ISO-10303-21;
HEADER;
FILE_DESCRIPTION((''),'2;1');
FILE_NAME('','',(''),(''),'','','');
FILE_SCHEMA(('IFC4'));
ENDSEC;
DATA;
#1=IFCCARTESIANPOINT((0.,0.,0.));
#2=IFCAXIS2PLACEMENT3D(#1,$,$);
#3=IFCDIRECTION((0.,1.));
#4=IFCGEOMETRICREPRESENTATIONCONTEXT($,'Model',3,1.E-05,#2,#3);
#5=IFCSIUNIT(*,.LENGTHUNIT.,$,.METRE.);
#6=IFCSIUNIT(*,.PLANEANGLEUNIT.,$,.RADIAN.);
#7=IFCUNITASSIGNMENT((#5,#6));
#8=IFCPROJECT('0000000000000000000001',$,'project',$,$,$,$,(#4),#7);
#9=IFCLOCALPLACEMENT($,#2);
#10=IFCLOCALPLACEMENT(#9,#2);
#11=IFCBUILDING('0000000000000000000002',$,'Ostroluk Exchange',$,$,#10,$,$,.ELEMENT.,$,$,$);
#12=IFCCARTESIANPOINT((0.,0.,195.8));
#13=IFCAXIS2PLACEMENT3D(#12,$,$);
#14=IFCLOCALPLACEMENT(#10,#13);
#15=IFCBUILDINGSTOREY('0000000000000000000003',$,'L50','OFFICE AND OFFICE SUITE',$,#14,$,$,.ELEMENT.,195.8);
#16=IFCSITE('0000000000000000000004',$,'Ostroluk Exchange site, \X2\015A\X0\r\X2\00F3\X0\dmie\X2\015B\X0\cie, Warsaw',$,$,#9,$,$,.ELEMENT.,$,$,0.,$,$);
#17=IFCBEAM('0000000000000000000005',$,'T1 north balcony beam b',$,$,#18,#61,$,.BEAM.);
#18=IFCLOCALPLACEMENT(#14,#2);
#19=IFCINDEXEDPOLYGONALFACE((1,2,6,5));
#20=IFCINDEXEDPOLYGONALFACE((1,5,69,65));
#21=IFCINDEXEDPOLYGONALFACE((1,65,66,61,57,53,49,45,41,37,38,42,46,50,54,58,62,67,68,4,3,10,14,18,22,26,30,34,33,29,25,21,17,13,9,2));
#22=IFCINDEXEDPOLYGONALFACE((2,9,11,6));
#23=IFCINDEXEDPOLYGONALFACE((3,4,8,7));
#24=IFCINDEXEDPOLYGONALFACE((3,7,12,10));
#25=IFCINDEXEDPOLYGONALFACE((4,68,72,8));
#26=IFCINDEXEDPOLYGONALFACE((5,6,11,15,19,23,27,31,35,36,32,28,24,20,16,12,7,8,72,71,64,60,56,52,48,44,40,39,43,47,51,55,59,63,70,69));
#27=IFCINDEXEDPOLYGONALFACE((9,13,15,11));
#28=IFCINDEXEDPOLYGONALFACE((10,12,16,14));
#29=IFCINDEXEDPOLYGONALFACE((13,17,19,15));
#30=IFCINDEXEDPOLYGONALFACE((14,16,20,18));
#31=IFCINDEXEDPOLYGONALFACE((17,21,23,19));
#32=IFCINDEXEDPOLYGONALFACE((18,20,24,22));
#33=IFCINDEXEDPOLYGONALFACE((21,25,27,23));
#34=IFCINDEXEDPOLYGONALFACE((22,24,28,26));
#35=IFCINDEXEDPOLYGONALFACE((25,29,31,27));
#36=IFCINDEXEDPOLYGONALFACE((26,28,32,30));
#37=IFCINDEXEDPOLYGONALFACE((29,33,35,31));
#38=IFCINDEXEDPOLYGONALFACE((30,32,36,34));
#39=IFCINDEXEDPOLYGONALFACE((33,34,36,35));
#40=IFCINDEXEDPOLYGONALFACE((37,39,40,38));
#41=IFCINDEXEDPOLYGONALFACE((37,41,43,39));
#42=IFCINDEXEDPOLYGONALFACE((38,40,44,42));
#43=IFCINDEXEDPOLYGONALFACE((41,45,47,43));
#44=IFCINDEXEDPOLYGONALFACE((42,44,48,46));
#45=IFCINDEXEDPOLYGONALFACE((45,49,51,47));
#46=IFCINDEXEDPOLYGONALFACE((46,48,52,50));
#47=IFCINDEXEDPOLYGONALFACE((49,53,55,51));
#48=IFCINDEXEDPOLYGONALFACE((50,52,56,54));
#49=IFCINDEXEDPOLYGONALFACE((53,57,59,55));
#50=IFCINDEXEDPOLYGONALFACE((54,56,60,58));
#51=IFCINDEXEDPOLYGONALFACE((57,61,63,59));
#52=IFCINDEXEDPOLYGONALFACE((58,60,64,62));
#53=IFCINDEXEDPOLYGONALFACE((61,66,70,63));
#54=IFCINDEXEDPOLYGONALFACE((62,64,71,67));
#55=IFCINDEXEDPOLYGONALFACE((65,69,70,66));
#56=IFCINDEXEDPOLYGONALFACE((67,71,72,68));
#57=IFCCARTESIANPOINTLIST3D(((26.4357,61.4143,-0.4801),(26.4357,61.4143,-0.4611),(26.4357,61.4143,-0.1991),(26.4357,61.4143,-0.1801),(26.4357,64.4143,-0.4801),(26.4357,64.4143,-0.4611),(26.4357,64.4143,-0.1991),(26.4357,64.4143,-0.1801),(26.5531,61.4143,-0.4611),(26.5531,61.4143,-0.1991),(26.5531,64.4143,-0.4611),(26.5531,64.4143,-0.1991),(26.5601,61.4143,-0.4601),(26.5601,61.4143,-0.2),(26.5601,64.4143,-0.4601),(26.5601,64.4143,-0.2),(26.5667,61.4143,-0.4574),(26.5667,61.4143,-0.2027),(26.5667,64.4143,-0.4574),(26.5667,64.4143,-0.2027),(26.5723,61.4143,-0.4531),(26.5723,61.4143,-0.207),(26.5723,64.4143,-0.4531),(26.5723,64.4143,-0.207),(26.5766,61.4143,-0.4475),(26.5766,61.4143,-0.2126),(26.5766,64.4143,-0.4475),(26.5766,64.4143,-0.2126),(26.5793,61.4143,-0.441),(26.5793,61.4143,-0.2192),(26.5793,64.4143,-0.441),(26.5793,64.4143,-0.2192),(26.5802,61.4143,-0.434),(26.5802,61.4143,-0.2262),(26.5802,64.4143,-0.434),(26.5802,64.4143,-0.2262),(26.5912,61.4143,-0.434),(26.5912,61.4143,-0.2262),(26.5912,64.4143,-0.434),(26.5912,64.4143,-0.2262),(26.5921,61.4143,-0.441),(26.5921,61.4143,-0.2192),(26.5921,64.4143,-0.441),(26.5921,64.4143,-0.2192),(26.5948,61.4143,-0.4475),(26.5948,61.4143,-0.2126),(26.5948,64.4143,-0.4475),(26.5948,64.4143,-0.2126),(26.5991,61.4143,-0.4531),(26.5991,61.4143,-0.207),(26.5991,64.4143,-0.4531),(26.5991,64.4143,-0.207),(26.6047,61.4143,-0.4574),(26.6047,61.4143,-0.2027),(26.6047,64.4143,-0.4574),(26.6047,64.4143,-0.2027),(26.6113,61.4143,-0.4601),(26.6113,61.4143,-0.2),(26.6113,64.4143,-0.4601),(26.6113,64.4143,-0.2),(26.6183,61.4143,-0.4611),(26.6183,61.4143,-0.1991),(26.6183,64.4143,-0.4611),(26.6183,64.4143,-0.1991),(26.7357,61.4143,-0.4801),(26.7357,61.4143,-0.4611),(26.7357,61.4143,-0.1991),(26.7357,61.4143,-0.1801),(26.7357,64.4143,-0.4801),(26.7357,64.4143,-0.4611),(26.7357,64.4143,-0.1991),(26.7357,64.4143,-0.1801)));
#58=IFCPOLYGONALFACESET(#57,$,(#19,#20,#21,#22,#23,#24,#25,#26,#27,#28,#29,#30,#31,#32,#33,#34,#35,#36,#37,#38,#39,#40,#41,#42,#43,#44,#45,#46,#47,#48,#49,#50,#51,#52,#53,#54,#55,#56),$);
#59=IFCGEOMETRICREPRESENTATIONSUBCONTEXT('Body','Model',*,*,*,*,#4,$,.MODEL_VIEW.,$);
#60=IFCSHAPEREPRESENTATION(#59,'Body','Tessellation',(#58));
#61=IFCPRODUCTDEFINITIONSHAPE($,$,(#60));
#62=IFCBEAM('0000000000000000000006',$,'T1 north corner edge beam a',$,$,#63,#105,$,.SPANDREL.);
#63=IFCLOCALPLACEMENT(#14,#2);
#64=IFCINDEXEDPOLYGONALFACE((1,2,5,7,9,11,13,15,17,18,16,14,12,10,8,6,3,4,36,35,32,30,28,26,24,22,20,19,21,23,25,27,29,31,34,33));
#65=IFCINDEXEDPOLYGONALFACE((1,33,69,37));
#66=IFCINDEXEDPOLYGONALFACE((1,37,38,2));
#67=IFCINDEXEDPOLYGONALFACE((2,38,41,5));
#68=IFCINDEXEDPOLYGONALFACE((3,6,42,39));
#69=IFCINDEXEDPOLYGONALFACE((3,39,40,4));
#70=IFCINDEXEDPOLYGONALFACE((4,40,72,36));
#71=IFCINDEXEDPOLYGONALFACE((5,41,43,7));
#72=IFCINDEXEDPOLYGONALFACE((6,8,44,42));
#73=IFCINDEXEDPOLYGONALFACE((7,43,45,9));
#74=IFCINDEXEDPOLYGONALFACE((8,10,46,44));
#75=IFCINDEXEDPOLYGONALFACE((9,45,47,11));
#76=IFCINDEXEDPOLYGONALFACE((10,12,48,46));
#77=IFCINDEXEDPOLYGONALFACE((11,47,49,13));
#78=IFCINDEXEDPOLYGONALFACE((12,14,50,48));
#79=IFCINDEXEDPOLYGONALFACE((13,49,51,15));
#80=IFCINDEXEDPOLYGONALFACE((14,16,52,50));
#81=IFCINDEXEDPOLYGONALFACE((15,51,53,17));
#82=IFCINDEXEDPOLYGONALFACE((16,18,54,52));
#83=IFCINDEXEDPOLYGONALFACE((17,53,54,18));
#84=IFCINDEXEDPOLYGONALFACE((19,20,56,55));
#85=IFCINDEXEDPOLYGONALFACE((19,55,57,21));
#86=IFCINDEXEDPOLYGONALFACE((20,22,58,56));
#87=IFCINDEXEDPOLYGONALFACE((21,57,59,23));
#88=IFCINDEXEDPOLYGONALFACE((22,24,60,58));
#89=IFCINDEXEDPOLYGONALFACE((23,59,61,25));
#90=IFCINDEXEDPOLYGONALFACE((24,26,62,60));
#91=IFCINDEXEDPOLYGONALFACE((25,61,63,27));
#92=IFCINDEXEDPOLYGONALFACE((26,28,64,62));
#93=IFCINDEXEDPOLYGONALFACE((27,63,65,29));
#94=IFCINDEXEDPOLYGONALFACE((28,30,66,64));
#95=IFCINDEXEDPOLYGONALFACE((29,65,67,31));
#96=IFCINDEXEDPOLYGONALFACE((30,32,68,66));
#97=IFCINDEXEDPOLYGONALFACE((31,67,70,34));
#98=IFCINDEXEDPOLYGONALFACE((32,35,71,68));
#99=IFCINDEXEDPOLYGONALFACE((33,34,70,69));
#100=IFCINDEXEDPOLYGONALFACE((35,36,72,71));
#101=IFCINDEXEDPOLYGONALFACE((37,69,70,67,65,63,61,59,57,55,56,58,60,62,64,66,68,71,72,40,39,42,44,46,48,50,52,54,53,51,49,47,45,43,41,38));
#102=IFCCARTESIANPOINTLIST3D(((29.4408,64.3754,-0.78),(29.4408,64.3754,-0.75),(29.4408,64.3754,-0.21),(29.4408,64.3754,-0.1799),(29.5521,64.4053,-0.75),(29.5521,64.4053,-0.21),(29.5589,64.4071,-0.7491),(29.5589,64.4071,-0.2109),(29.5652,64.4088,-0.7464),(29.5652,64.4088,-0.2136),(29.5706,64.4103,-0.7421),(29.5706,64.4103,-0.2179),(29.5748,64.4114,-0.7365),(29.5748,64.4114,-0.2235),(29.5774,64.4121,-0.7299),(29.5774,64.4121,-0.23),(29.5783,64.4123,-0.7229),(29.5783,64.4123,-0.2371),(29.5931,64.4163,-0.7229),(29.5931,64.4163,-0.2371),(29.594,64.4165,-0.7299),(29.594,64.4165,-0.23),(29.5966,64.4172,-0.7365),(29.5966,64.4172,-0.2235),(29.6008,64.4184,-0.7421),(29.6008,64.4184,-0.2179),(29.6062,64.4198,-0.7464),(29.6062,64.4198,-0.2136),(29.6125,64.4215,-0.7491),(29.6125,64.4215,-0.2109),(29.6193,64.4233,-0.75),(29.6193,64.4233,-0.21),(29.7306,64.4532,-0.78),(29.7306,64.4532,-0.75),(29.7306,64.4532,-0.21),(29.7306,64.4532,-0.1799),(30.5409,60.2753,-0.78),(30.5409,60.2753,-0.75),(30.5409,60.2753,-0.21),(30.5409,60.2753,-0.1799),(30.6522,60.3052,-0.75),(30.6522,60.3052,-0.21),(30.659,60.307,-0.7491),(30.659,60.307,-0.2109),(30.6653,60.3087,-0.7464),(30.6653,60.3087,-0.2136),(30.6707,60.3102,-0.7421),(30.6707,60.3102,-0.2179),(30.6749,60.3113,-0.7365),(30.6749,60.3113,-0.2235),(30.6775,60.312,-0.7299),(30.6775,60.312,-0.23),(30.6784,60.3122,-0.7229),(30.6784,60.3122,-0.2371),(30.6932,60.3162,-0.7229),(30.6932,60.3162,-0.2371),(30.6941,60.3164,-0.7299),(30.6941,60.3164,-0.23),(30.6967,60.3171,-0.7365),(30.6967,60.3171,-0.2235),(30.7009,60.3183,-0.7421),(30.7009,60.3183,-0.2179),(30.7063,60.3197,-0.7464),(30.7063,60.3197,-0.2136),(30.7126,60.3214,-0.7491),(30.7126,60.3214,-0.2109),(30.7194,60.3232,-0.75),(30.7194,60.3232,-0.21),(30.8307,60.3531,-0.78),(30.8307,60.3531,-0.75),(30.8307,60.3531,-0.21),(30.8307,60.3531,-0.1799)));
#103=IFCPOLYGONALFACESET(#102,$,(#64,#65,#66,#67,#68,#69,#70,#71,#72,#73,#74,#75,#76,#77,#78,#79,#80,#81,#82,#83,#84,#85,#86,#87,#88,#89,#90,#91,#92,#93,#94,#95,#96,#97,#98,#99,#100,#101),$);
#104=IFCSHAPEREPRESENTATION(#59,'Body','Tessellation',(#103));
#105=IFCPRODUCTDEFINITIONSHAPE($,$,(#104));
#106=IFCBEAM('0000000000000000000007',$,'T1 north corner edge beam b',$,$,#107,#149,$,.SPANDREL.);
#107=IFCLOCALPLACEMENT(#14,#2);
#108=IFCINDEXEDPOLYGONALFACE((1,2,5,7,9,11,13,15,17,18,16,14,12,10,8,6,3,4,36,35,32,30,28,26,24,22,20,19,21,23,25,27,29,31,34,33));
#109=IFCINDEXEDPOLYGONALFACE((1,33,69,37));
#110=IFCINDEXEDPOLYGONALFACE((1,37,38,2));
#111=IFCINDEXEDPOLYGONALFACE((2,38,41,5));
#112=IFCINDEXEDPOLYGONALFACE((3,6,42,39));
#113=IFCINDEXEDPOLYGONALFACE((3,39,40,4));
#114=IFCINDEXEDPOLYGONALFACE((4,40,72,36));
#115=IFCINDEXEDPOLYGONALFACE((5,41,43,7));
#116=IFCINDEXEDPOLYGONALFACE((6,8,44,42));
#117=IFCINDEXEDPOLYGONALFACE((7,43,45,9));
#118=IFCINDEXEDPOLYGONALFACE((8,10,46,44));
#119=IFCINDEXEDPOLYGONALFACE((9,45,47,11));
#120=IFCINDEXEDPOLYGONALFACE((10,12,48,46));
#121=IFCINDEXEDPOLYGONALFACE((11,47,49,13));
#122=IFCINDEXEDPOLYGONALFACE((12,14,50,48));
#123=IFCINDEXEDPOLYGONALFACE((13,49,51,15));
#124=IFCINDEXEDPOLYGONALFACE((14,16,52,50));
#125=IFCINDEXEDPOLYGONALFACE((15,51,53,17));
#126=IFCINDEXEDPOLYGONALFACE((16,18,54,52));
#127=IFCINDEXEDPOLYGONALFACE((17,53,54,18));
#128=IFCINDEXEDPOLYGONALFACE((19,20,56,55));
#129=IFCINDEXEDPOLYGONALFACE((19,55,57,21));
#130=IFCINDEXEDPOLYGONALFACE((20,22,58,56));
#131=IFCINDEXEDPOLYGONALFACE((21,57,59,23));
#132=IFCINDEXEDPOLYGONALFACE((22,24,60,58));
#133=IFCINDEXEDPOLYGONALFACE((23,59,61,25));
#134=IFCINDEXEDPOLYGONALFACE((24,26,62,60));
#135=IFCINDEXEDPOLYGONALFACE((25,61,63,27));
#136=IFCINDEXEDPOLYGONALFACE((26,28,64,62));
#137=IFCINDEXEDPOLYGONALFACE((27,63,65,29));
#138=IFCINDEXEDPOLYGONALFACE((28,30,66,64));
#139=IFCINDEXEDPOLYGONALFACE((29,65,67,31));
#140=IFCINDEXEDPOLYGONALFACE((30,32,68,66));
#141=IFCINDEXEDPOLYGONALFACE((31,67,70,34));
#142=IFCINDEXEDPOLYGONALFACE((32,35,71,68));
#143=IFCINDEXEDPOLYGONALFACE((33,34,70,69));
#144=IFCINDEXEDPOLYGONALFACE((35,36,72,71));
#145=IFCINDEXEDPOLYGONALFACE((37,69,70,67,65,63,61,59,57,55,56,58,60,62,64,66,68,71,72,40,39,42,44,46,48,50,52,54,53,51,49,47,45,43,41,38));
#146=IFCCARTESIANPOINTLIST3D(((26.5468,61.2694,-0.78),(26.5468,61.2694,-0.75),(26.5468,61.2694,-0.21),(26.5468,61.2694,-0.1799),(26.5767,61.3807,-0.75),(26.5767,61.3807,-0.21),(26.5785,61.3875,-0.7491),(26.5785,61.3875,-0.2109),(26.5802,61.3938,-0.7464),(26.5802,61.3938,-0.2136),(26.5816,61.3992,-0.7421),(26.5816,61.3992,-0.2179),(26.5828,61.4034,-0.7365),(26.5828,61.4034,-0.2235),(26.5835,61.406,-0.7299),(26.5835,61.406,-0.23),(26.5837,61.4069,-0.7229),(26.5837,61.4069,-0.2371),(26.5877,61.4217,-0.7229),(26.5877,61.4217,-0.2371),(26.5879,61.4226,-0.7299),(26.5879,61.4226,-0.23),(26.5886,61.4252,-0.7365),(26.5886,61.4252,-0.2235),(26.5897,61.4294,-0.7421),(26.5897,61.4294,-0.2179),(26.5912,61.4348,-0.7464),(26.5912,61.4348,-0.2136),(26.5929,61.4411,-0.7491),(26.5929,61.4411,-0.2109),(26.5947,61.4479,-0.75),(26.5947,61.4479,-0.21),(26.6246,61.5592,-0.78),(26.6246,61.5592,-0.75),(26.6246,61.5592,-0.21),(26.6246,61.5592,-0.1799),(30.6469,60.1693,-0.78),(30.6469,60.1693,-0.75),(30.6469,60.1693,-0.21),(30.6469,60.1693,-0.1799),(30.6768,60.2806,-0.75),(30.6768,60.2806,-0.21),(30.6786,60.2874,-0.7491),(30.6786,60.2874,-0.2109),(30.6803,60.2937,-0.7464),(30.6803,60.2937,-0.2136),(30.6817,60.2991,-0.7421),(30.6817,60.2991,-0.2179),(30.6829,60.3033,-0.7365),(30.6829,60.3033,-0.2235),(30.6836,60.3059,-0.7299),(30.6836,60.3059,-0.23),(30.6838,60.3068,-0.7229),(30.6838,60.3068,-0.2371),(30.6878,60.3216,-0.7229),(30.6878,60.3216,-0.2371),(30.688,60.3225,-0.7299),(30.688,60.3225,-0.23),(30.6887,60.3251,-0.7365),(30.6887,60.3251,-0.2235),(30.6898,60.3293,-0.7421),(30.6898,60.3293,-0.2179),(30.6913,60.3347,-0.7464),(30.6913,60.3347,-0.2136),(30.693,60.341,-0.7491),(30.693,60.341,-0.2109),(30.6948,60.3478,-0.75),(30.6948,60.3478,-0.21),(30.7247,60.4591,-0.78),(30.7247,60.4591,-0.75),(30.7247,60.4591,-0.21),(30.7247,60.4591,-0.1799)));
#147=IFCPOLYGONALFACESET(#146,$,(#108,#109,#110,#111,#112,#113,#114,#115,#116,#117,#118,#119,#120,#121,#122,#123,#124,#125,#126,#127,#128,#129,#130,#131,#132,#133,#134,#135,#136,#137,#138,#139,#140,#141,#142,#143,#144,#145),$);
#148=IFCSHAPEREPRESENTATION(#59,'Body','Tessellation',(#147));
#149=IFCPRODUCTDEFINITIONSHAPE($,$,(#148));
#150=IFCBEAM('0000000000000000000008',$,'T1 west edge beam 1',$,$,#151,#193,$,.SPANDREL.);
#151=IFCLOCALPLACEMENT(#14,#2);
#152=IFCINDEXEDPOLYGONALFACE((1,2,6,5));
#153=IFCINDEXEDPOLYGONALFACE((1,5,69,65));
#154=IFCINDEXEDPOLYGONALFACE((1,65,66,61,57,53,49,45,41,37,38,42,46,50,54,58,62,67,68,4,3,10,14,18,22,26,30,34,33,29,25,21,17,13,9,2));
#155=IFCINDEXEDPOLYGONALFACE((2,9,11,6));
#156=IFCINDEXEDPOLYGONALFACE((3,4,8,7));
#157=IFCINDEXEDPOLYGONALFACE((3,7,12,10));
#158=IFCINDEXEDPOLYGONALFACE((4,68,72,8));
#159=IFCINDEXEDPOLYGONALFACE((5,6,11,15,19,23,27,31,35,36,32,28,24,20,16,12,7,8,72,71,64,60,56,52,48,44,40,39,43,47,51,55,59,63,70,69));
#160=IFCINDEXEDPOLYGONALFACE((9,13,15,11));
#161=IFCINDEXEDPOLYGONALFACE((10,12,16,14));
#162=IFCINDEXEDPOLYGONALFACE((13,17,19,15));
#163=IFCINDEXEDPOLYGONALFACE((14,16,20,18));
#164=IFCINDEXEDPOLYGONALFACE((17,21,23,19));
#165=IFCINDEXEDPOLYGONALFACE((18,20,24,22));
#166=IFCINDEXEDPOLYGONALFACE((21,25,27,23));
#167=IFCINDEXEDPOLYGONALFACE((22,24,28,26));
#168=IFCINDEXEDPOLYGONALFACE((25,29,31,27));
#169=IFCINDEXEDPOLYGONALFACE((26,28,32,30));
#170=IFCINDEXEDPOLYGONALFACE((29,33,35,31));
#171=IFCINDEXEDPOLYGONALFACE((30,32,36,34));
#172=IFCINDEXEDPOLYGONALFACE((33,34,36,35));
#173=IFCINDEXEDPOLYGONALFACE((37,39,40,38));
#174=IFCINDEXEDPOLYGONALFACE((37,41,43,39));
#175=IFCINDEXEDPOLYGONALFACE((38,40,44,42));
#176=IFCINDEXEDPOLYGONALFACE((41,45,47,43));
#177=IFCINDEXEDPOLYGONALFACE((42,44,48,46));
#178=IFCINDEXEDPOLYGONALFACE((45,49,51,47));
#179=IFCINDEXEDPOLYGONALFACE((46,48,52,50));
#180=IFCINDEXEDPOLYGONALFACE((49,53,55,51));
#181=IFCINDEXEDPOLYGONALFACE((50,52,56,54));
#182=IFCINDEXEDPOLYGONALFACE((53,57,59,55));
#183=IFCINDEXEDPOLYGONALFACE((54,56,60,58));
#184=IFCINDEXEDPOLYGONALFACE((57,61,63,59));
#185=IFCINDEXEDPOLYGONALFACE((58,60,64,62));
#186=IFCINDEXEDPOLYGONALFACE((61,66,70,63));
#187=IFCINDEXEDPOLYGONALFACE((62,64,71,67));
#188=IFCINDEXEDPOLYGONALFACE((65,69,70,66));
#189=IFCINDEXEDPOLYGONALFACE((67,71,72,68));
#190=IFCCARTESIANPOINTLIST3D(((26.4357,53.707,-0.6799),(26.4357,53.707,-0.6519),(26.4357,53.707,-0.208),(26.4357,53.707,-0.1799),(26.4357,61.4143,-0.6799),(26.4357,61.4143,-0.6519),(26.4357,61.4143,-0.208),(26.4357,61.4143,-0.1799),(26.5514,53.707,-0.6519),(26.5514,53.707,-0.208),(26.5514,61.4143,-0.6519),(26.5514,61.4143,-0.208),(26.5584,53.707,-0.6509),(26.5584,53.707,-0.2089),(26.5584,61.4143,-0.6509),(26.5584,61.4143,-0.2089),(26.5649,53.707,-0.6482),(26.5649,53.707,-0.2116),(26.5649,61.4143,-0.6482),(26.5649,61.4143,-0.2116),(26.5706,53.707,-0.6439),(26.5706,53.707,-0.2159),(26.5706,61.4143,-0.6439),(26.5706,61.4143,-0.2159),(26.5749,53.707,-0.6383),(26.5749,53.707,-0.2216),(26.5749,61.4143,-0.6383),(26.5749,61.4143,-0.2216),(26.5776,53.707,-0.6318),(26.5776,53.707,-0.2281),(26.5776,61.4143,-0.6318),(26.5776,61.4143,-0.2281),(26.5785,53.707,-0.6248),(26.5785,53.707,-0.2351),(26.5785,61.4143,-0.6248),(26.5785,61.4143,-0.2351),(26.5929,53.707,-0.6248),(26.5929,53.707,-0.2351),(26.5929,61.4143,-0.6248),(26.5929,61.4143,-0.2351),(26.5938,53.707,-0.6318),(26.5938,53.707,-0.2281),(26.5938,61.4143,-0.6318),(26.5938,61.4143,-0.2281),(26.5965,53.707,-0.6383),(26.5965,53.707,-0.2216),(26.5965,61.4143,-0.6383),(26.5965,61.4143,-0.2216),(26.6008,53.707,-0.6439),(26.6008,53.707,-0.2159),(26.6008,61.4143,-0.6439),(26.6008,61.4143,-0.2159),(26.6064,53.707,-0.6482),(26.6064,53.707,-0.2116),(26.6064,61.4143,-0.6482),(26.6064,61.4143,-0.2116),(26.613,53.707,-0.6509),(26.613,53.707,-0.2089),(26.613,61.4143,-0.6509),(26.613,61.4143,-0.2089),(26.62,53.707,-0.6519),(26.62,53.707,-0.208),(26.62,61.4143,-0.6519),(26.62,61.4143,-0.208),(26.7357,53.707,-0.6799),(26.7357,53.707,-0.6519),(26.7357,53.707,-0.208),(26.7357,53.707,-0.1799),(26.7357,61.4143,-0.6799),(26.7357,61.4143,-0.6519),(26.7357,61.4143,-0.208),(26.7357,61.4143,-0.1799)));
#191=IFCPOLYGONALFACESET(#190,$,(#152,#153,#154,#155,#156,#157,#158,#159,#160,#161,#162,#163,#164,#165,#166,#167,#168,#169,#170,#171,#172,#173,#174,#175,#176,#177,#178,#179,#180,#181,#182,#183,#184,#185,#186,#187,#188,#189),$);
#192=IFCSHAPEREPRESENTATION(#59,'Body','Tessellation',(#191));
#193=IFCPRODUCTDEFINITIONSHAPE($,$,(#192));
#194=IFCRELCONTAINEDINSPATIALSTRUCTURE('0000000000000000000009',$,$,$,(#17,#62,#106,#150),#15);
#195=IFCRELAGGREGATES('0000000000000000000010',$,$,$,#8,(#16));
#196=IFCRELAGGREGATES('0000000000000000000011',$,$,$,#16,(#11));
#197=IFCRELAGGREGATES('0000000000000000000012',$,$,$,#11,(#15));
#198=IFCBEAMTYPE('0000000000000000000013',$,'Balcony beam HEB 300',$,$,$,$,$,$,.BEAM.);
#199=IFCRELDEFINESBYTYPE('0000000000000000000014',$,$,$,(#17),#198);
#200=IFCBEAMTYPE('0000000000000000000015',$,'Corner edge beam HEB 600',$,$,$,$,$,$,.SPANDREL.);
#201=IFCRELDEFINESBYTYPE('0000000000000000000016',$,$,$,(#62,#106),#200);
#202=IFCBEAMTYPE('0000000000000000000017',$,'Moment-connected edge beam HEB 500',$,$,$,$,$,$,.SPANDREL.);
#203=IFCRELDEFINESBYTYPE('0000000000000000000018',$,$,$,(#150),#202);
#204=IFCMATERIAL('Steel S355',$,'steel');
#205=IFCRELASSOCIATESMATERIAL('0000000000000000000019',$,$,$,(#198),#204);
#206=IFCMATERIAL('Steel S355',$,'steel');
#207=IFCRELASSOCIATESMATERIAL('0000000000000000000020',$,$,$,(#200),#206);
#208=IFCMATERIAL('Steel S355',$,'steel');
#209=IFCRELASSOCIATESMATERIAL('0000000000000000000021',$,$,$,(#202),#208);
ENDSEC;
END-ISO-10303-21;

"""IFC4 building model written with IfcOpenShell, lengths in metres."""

from ifc_helpers import new_model, si_unit, direction, frame, origin, origin_2d, place, context, subcontext, project, spatial, i_section, extrude, material, material_profile, profile_set, type_object, element, save


model = new_model("IFC4")

# Units and contexts
model_context = context("Model", 3, precision=1e-05, world=origin(), true_north=direction((0.0, 1.0)))
body_context = subcontext(model_context, "Body", "Model", "MODEL_VIEW")
ifc_project = project(units=[si_unit("LENGTHUNIT", "METRE"), si_unit("PLANEANGLEUNIT", "RADIAN")], contexts=[model_context])

# Site, building, storey
site_placement = place(None, origin())
site = spatial("IfcSite", under=ifc_project, at=site_placement, Name="Ostroluk Exchange site, Śródmieście, Warsaw", CompositionType="ELEMENT", RefElevation=0.0)
building_placement = place(site_placement, origin())
building = spatial("IfcBuilding", under=site, at=building_placement, Name="Ostroluk Exchange", CompositionType="ELEMENT")
storey_placement = place(building_placement, frame((0.0, 0.0, 195.8)))
storey = spatial("IfcBuildingStorey", under=building, at=storey_placement, Name="L50", Description="OFFICE AND OFFICE SUITE", CompositionType="ELEMENT", Elevation=195.8)

# Beams
ifc_material_1 = material(Name="Steel S355", Category="steel")
ifc_material_profile_1 = material_profile(ifc_material_1, i_section(OverallWidth=0.3, OverallDepth=0.3, WebThickness=0.011, FlangeThickness=0.019, FilletRadius=0.0271, at=origin_2d()), Name="HEB 300")
ifc_profile_set_1 = profile_set([ifc_material_profile_1], Name="Steel S355")
beam_type_1 = type_object("IfcBeamType", Name="Balcony beam HEB 300", PredefinedType="BEAM", material=ifc_profile_set_1)
for number, where, z_axis, x_axis, name in (
    (1, (26.5857, 61.4143, -0.3301), (0.0, 1.0, 0.0), (-1.0, 0.0, 0.0), "T1 north balcony beam b"),
):
    element("IfcBeam", number, at=place(storey_placement, frame(where, z_axis=z_axis, x_axis=x_axis)), inside=storey, type_object=beam_type_1, Name=name, PredefinedType="BEAM", context=body_context, shape_type="SweptSolid", body=[
        extrude(i_section(OverallWidth=0.3, OverallDepth=0.3, WebThickness=0.011, FlangeThickness=0.019, FilletRadius=0.0271, at=origin_2d()), origin(), (0.0, 0.0, 1.0), 3.0),
    ])
ifc_material_2 = material(Name="Steel S355", Category="steel")
ifc_material_profile_2 = material_profile(ifc_material_2, i_section(OverallWidth=0.3, OverallDepth=0.6001, WebThickness=0.0154, FlangeThickness=0.03, FilletRadius=0.0271, at=origin_2d()), Name="HEB 600")
ifc_profile_set_2 = profile_set([ifc_material_profile_2], Name="Steel S355")
beam_type_2 = type_object("IfcBeamType", Name="Corner edge beam HEB 600", PredefinedType="SPANDREL", material=ifc_profile_set_2)
for number, where, z_axis, x_axis, name in (
    (2, (30.6858, 60.3142, -0.48), (-0.259144, 0.965839, 0.0), (-0.965839, -0.259144, 0.0), "T1 north corner edge beam a"),
    (3, (30.6858, 60.3142, -0.48), (-0.965839, 0.259144, 0.0), (-0.259144, -0.965839, 0.0), "T1 north corner edge beam b"),
):
    element("IfcBeam", number, at=place(storey_placement, frame(where, z_axis=z_axis, x_axis=x_axis)), inside=storey, type_object=beam_type_2, Name=name, PredefinedType="SPANDREL", context=body_context, shape_type="SweptSolid", body=[
        extrude(i_section(OverallWidth=0.3, OverallDepth=0.6001, WebThickness=0.0154, FlangeThickness=0.03, FilletRadius=0.0271, at=origin_2d()), origin(), (0.0, 0.0, 1.0), 4.2451),
    ])
ifc_material_3 = material(Name="Steel S355", Category="steel")
ifc_material_profile_3 = material_profile(ifc_material_3, i_section(OverallWidth=0.3, OverallDepth=0.5, WebThickness=0.0144, FlangeThickness=0.0281, FilletRadius=0.0271, at=origin_2d()), Name="HEB 500")
ifc_profile_set_3 = profile_set([ifc_material_profile_3], Name="Steel S355")
beam_type_3 = type_object("IfcBeamType", Name="Moment-connected edge beam HEB 500", PredefinedType="SPANDREL", material=ifc_profile_set_3)
beam_placement = place(storey_placement, frame((26.5857, 61.4143, -0.4299), z_axis=(0.0, -1.0, 0.0), x_axis=(1.0, 0.0, 0.0)))
element("IfcBeam", 4, at=beam_placement, inside=storey, type_object=beam_type_3, Name="T1 west edge beam 1", PredefinedType="SPANDREL", context=body_context, shape_type="SweptSolid", body=[
    extrude(i_section(OverallWidth=0.3, OverallDepth=0.5, WebThickness=0.0144, FlangeThickness=0.0281, FilletRadius=0.0271, at=origin_2d()), origin(), (0.0, 0.0, 1.0), 7.7073),
])

save(model, "model.ifc")
